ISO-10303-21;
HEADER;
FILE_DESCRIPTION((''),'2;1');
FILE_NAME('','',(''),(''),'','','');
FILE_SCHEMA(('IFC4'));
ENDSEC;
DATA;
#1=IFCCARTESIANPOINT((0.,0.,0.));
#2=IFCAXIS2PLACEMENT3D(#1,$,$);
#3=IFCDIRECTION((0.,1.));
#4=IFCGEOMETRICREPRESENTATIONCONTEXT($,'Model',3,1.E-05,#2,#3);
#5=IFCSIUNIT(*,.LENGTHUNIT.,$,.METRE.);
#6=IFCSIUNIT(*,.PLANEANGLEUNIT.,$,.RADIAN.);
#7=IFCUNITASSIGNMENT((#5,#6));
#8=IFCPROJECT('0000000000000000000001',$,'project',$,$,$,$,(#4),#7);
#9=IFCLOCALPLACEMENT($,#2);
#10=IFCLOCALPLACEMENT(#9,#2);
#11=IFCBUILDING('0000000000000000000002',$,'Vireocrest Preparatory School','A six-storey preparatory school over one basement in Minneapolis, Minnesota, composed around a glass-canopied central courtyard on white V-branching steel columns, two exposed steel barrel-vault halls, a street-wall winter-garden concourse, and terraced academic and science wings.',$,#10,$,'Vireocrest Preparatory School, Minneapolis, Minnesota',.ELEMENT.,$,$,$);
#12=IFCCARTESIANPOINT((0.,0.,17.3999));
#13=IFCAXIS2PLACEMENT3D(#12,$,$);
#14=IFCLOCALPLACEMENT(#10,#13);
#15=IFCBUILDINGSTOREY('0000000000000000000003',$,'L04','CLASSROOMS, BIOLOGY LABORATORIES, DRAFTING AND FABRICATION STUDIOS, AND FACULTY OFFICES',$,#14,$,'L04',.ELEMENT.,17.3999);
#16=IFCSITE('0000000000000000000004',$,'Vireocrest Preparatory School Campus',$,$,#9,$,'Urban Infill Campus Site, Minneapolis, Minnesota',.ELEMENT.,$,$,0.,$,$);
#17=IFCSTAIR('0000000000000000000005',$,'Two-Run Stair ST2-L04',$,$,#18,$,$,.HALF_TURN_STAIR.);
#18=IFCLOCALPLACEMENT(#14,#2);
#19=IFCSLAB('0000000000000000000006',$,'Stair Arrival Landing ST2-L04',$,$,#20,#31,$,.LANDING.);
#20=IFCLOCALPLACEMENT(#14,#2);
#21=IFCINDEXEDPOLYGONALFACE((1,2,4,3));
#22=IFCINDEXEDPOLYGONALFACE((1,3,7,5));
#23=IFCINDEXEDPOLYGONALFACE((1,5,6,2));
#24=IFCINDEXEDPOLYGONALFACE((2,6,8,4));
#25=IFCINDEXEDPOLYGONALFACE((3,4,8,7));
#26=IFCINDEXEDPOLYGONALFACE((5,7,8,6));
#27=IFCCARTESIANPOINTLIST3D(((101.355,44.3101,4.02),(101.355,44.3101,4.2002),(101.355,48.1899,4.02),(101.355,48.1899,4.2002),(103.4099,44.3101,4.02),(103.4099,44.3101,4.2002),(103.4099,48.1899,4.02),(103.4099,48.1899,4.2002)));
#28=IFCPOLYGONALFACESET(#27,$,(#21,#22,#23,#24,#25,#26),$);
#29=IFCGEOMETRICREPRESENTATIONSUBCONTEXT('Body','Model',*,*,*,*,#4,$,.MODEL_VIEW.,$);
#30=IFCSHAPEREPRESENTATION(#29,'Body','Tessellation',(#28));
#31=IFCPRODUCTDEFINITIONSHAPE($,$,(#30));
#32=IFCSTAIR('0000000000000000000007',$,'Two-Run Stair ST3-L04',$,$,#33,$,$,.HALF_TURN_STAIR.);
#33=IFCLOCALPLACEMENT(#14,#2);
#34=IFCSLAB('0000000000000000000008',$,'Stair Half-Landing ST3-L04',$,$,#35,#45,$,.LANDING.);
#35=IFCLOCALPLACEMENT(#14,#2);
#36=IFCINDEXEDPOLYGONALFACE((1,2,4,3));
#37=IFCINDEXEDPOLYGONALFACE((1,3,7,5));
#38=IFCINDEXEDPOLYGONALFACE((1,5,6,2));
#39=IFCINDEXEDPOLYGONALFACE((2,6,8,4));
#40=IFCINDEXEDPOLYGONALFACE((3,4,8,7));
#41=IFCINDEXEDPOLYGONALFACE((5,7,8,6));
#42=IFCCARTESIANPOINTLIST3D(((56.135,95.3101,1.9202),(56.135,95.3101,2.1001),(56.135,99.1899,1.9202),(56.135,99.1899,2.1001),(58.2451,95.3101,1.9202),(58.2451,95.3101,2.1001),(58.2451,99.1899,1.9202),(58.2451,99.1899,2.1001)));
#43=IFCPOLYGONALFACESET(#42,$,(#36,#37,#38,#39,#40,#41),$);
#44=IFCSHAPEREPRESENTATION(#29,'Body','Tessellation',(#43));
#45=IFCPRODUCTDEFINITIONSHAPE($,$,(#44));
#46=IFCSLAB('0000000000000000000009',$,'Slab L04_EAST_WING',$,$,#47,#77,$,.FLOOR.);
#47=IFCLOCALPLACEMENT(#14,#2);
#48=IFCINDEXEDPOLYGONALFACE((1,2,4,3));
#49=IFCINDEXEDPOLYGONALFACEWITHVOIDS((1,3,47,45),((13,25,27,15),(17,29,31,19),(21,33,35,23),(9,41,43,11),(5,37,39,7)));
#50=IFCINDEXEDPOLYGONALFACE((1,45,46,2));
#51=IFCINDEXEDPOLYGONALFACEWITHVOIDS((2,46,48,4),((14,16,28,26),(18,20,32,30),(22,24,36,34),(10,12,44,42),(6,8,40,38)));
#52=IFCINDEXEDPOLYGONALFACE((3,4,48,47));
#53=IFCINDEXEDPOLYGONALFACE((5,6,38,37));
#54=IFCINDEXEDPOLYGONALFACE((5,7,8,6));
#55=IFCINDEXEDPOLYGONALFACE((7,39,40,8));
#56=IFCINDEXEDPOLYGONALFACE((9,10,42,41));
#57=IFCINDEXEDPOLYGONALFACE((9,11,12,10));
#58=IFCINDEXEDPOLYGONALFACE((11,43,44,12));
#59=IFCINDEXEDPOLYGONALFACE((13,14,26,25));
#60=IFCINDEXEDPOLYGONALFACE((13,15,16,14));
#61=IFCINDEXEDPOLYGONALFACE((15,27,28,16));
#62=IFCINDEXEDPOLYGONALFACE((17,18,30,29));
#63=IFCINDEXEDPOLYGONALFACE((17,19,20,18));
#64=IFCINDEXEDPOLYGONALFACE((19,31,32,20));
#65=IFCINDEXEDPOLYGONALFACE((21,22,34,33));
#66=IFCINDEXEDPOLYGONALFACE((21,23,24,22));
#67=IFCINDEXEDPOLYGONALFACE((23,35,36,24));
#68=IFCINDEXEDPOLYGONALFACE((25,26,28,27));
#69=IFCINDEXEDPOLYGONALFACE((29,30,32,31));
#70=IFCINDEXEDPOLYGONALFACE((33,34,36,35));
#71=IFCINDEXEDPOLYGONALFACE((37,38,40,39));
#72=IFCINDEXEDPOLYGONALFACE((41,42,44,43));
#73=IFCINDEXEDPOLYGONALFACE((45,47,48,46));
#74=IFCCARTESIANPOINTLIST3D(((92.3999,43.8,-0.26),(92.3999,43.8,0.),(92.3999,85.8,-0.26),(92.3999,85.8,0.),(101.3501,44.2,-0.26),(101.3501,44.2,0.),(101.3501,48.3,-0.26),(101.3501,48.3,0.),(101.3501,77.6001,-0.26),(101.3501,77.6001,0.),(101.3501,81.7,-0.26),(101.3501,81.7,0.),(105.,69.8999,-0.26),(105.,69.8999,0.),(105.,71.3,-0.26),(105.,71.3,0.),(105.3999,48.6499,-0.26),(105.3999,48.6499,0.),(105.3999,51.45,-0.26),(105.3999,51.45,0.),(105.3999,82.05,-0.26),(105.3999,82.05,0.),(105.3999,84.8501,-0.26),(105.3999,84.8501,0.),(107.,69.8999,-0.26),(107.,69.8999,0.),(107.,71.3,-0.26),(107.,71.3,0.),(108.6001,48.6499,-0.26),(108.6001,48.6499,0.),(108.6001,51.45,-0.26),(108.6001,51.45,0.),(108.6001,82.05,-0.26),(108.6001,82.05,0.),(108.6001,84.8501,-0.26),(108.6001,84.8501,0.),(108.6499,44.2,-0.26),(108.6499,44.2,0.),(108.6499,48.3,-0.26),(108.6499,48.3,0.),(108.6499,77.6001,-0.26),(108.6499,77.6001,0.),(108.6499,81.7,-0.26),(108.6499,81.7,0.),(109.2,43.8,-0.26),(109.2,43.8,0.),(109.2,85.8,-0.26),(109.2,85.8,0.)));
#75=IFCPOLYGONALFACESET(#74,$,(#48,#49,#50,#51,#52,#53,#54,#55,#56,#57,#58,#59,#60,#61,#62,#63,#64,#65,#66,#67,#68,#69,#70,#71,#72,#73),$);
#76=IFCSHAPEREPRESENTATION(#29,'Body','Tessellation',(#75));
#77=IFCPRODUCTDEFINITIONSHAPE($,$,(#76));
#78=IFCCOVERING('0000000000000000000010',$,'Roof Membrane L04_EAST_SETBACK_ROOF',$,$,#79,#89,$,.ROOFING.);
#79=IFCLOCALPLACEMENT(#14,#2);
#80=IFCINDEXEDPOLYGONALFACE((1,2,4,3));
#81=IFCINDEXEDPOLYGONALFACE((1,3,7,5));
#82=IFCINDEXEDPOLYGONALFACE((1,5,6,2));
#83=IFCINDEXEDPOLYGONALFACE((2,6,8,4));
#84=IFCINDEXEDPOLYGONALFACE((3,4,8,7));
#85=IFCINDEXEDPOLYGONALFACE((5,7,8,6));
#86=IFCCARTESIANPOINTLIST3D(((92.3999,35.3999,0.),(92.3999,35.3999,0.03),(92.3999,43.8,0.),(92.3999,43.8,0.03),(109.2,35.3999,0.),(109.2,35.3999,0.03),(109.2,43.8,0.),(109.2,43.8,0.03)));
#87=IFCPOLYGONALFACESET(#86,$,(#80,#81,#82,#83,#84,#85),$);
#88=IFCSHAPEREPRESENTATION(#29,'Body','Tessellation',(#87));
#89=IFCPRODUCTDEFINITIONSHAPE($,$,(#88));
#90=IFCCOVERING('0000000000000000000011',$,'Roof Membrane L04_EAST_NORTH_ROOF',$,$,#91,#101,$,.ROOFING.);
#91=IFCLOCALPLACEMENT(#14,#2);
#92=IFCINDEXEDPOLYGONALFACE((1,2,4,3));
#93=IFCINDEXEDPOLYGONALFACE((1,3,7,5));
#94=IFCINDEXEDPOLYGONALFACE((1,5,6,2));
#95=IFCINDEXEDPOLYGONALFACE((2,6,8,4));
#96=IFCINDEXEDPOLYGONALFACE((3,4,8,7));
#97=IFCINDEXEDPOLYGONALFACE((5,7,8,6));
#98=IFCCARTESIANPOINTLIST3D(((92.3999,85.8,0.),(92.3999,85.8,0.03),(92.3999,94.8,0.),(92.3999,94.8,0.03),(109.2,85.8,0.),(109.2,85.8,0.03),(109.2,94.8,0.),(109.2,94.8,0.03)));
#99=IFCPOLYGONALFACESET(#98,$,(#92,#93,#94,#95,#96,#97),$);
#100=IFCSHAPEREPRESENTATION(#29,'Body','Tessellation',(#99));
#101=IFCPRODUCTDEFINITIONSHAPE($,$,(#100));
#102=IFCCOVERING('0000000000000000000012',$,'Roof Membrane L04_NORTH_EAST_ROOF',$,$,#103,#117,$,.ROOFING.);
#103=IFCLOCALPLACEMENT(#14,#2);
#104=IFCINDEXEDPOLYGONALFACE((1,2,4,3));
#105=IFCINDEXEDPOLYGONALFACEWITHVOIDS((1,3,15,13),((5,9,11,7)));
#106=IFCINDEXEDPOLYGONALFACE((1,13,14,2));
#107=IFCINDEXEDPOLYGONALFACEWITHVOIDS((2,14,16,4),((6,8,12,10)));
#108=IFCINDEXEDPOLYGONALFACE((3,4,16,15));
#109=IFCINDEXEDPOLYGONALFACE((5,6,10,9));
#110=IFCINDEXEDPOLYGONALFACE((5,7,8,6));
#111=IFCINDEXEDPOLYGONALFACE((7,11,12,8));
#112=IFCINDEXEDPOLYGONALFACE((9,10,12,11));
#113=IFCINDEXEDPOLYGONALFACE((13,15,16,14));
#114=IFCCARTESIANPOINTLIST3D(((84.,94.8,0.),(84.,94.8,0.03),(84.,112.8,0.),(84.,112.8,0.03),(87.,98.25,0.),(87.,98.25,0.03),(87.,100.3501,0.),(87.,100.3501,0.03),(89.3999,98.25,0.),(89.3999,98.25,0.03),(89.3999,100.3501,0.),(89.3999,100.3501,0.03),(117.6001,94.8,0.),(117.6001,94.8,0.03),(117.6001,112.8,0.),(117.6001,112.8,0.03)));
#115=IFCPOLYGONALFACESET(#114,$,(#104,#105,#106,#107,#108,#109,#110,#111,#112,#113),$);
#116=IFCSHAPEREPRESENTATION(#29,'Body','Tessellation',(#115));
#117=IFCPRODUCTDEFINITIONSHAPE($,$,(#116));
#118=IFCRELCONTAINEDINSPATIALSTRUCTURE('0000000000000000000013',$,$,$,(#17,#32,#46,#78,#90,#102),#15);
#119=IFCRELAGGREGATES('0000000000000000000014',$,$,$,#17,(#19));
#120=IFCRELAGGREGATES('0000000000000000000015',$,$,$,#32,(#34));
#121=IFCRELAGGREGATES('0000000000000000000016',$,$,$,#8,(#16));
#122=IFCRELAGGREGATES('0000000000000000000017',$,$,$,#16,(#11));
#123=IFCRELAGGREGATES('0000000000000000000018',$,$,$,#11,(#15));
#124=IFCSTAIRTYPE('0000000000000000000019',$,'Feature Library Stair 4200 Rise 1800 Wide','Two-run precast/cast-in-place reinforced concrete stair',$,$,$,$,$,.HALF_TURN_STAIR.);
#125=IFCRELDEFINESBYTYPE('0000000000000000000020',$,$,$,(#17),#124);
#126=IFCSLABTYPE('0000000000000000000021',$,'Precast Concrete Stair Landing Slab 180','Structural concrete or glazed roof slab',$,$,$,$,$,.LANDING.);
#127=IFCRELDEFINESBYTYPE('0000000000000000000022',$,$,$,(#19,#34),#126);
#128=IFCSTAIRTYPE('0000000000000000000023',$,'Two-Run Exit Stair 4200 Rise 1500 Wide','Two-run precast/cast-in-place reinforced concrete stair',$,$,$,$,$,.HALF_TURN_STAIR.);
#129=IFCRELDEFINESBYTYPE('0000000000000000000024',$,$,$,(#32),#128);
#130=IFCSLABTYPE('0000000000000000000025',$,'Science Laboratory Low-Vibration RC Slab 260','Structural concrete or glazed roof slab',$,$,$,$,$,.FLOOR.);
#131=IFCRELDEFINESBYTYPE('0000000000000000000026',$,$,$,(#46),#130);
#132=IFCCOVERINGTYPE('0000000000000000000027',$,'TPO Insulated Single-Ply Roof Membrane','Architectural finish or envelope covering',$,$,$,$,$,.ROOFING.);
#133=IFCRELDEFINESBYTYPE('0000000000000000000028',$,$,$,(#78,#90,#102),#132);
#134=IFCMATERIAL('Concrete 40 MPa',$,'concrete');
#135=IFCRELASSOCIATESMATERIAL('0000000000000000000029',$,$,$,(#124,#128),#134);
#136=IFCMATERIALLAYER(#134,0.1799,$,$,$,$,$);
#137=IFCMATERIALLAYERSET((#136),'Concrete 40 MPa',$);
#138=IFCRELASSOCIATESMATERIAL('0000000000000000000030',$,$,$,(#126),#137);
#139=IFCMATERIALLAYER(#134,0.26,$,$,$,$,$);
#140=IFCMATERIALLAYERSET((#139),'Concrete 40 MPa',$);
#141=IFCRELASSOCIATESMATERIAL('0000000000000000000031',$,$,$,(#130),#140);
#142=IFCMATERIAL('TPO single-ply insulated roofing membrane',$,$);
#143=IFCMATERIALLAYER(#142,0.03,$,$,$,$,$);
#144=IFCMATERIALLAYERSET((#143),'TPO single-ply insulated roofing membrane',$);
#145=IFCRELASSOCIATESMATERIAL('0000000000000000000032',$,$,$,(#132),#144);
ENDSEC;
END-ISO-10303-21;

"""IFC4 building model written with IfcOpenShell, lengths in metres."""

from ifc_helpers import new_model, si_unit, direction, frame, origin, place, context, subcontext, project, spatial, polyline, outline, extrude, material, layer, layer_set, type_object, element, aggregate, save


model = new_model("IFC4")

# Units and contexts
model_context = context("Model", 3, precision=1e-05, world=origin(), true_north=direction((0.0, 1.0)))
body_context = subcontext(model_context, "Body", "Model", "MODEL_VIEW")
ifc_project = project(units=[si_unit("LENGTHUNIT", "METRE"), si_unit("PLANEANGLEUNIT", "RADIAN")], contexts=[model_context])

# Site, building, storey
site_placement = place(None, origin())
site = spatial("IfcSite", under=ifc_project, at=site_placement, Name="Vireocrest Preparatory School Campus", LongName="Urban Infill Campus Site, Minneapolis, Minnesota", CompositionType="ELEMENT", RefElevation=0.0)
building_placement = place(site_placement, origin())
building = spatial("IfcBuilding", under=site, at=building_placement, Name="Vireocrest Preparatory School", Description="A six-storey preparatory school over one basement in Minneapolis, Minnesota, composed around a glass-canopied central courtyard on white V-branching steel columns, two exposed steel barrel-vault halls, a street-wall winter-garden concourse, and terraced academic and science wings.", LongName="Vireocrest Preparatory School, Minneapolis, Minnesota", CompositionType="ELEMENT")
storey_placement = place(building_placement, frame((0.0, 0.0, 17.3999)))
storey = spatial("IfcBuildingStorey", under=building, at=storey_placement, Name="L04", Description="CLASSROOMS, BIOLOGY LABORATORIES, DRAFTING AND FABRICATION STUDIOS, AND FACULTY OFFICES", LongName="L04", CompositionType="ELEMENT", Elevation=17.3999)

# Shared definitions
ifc_material_1 = material(Name="Concrete 40 MPa", Category="concrete")

# Stair, slab
stair_type_1 = type_object("IfcStairType", Name="Feature Library Stair 4200 Rise 1800 Wide", Description="Two-run precast/cast-in-place reinforced concrete stair", PredefinedType="HALF_TURN_STAIR", material=ifc_material_1)
ifc_layer_1 = layer(ifc_material_1, 0.1799)
ifc_layer_set_1 = layer_set([ifc_layer_1], Name="Concrete 40 MPa")
slab_type_1 = type_object("IfcSlabType", Name="Precast Concrete Stair Landing Slab 180", Description="Structural concrete or glazed roof slab", PredefinedType="LANDING", material=ifc_layer_set_1)
stair_1_placement = place(storey_placement, origin())
stair_1 = element("IfcStair", 1, at=stair_1_placement, inside=storey, type_object=stair_type_1, Name="Two-Run Stair ST2-L04", PredefinedType="HALF_TURN_STAIR")
slab_1_placement = place(storey_placement, frame((0.0, 0.0, 4.02)))
slab_1 = element("IfcSlab", 2, at=slab_1_placement, type_object=slab_type_1, Name="Stair Arrival Landing ST2-L04", PredefinedType="LANDING", context=body_context, shape_type="SweptSolid", body=[
    extrude(outline(polyline([(101.355, 44.3101), (103.4099, 44.3101), (103.4099, 48.1899), (101.355, 48.1899), (101.355, 44.3101)])), origin(), (0.0, 0.0, 1.0), 0.1802),
])
aggregate(stair_1, [slab_1])

# Stair, slab
stair_type_2 = type_object("IfcStairType", Name="Two-Run Exit Stair 4200 Rise 1500 Wide", Description="Two-run precast/cast-in-place reinforced concrete stair", PredefinedType="HALF_TURN_STAIR", material=ifc_material_1)
stair_2_placement = place(storey_placement, origin())
stair_2 = element("IfcStair", 3, at=stair_2_placement, inside=storey, type_object=stair_type_2, Name="Two-Run Stair ST3-L04", PredefinedType="HALF_TURN_STAIR")
slab_2_placement = place(storey_placement, frame((0.0, 0.0, 1.9202)))
slab_2 = element("IfcSlab", 4, at=slab_2_placement, type_object=slab_type_1, Name="Stair Half-Landing ST3-L04", PredefinedType="LANDING", context=body_context, shape_type="SweptSolid", body=[
    extrude(outline(polyline([(56.135, 95.3101), (58.2451, 95.3101), (58.2451, 99.1899), (56.135, 99.1899), (56.135, 95.3101)])), origin(), (0.0, 0.0, 1.0), 0.1799),
])
aggregate(stair_2, [slab_2])

# Slab, openings
ifc_layer_2 = layer(ifc_material_1, 0.26)
ifc_layer_set_2 = layer_set([ifc_layer_2], Name="Concrete 40 MPa")
slab_type_2 = type_object("IfcSlabType", Name="Science Laboratory Low-Vibration RC Slab 260", Description="Structural concrete or glazed roof slab", PredefinedType="FLOOR", material=ifc_layer_set_2)
slab_3_placement = place(storey_placement, frame((0.0, 0.0, -0.26)))
slab_3 = element("IfcSlab", 5, at=slab_3_placement, inside=storey, type_object=slab_type_2, Name="Slab L04_EAST_WING", PredefinedType="FLOOR", context=body_context, shape_type="SweptSolid", body=[
    extrude(outline(polyline([(92.3999, 43.8), (109.2, 43.8), (109.2, 85.8), (92.3999, 85.8), (92.3999, 43.8)])), origin(), (0.0, 0.0, 1.0), 0.26),
])
opening_1_placement = place(slab_3_placement, frame((0.0, 0.0, -0.01)))
element("IfcOpeningElement", 6, at=opening_1_placement, cuts=slab_3, PredefinedType="OPENING", context=body_context, shape_type="SweptSolid", body=[
    extrude(outline(polyline([(101.3501, 44.2), (108.6499, 44.2), (108.6499, 48.3), (101.3501, 48.3), (101.3501, 44.2)])), origin(), (0.0, 0.0, 1.0), 0.28),
])
opening_2_placement = place(slab_3_placement, frame((0.0, 0.0, -0.01)))
element("IfcOpeningElement", 7, at=opening_2_placement, cuts=slab_3, PredefinedType="OPENING", context=body_context, shape_type="SweptSolid", body=[
    extrude(outline(polyline([(105.3999, 48.6499), (108.6001, 48.6499), (108.6001, 51.45), (105.3999, 51.45), (105.3999, 48.6499)])), origin(), (0.0, 0.0, 1.0), 0.28),
])
opening_3_placement = place(slab_3_placement, frame((0.0, 0.0, -0.01)))
element("IfcOpeningElement", 8, at=opening_3_placement, cuts=slab_3, PredefinedType="OPENING", context=body_context, shape_type="SweptSolid", body=[
    extrude(outline(polyline([(101.3501, 77.6001), (108.6499, 77.6001), (108.6499, 81.7), (101.3501, 81.7), (101.3501, 77.6001)])), origin(), (0.0, 0.0, 1.0), 0.28),
])
opening_4_placement = place(slab_3_placement, frame((0.0, 0.0, -0.01)))
element("IfcOpeningElement", 9, at=opening_4_placement, cuts=slab_3, PredefinedType="OPENING", context=body_context, shape_type="SweptSolid", body=[
    extrude(outline(polyline([(105.3999, 82.05), (108.6001, 82.05), (108.6001, 84.8501), (105.3999, 84.8501), (105.3999, 82.05)])), origin(), (0.0, 0.0, 1.0), 0.28),
])
opening_5_placement = place(slab_3_placement, frame((0.0, 0.0, -0.01)))
element("IfcOpeningElement", 10, at=opening_5_placement, cuts=slab_3, PredefinedType="OPENING", context=body_context, shape_type="SweptSolid", body=[
    extrude(outline(polyline([(105.0, 69.8999), (107.0, 69.8999), (107.0, 71.3), (105.0, 71.3), (105.0, 69.8999)])), origin(), (0.0, 0.0, 1.0), 0.28),
])

# Coverings
ifc_material_2 = material(Name="TPO single-ply insulated roofing membrane")
ifc_layer_3 = layer(ifc_material_2, 0.03)
ifc_layer_set_3 = layer_set([ifc_layer_3], Name="TPO single-ply insulated roofing membrane")
covering_type = type_object("IfcCoveringType", Name="TPO Insulated Single-Ply Roof Membrane", Description="Architectural finish or envelope covering", PredefinedType="ROOFING", material=ifc_layer_set_3)
covering_1_placement = place(storey_placement, origin())
element("IfcCovering", 11, at=covering_1_placement, inside=storey, type_object=covering_type, Name="Roof Membrane L04_EAST_SETBACK_ROOF", PredefinedType="ROOFING", context=body_context, shape_type="SweptSolid", body=[
    extrude(outline(polyline([(92.3999, 35.3999), (109.2, 35.3999), (109.2, 43.8), (92.3999, 43.8), (92.3999, 35.3999)])), origin(), (0.0, 0.0, 1.0), 0.03),
])
covering_2_placement = place(storey_placement, origin())
element("IfcCovering", 12, at=covering_2_placement, inside=storey, type_object=covering_type, Name="Roof Membrane L04_EAST_NORTH_ROOF", PredefinedType="ROOFING", context=body_context, shape_type="SweptSolid", body=[
    extrude(outline(polyline([(92.3999, 85.8), (109.2, 85.8), (109.2, 94.8), (92.3999, 94.8), (92.3999, 85.8)])), origin(), (0.0, 0.0, 1.0), 0.03),
])
covering_3_placement = place(storey_placement, origin())
element("IfcCovering", 13, at=covering_3_placement, inside=storey, type_object=covering_type, Name="Roof Membrane L04_NORTH_EAST_ROOF", PredefinedType="ROOFING", context=body_context, shape_type="SweptSolid", body=[
    extrude(outline(polyline([(84.0, 94.8), (117.6001, 94.8), (117.6001, 112.8), (84.0, 112.8), (84.0, 94.8)]), holes=[polyline([(87.0, 98.25), (89.3999, 98.25), (89.3999, 100.3501), (87.0, 100.3501), (87.0, 98.25)])]), origin(), (0.0, 0.0, 1.0), 0.03),
])

save(model, "model.ifc")
